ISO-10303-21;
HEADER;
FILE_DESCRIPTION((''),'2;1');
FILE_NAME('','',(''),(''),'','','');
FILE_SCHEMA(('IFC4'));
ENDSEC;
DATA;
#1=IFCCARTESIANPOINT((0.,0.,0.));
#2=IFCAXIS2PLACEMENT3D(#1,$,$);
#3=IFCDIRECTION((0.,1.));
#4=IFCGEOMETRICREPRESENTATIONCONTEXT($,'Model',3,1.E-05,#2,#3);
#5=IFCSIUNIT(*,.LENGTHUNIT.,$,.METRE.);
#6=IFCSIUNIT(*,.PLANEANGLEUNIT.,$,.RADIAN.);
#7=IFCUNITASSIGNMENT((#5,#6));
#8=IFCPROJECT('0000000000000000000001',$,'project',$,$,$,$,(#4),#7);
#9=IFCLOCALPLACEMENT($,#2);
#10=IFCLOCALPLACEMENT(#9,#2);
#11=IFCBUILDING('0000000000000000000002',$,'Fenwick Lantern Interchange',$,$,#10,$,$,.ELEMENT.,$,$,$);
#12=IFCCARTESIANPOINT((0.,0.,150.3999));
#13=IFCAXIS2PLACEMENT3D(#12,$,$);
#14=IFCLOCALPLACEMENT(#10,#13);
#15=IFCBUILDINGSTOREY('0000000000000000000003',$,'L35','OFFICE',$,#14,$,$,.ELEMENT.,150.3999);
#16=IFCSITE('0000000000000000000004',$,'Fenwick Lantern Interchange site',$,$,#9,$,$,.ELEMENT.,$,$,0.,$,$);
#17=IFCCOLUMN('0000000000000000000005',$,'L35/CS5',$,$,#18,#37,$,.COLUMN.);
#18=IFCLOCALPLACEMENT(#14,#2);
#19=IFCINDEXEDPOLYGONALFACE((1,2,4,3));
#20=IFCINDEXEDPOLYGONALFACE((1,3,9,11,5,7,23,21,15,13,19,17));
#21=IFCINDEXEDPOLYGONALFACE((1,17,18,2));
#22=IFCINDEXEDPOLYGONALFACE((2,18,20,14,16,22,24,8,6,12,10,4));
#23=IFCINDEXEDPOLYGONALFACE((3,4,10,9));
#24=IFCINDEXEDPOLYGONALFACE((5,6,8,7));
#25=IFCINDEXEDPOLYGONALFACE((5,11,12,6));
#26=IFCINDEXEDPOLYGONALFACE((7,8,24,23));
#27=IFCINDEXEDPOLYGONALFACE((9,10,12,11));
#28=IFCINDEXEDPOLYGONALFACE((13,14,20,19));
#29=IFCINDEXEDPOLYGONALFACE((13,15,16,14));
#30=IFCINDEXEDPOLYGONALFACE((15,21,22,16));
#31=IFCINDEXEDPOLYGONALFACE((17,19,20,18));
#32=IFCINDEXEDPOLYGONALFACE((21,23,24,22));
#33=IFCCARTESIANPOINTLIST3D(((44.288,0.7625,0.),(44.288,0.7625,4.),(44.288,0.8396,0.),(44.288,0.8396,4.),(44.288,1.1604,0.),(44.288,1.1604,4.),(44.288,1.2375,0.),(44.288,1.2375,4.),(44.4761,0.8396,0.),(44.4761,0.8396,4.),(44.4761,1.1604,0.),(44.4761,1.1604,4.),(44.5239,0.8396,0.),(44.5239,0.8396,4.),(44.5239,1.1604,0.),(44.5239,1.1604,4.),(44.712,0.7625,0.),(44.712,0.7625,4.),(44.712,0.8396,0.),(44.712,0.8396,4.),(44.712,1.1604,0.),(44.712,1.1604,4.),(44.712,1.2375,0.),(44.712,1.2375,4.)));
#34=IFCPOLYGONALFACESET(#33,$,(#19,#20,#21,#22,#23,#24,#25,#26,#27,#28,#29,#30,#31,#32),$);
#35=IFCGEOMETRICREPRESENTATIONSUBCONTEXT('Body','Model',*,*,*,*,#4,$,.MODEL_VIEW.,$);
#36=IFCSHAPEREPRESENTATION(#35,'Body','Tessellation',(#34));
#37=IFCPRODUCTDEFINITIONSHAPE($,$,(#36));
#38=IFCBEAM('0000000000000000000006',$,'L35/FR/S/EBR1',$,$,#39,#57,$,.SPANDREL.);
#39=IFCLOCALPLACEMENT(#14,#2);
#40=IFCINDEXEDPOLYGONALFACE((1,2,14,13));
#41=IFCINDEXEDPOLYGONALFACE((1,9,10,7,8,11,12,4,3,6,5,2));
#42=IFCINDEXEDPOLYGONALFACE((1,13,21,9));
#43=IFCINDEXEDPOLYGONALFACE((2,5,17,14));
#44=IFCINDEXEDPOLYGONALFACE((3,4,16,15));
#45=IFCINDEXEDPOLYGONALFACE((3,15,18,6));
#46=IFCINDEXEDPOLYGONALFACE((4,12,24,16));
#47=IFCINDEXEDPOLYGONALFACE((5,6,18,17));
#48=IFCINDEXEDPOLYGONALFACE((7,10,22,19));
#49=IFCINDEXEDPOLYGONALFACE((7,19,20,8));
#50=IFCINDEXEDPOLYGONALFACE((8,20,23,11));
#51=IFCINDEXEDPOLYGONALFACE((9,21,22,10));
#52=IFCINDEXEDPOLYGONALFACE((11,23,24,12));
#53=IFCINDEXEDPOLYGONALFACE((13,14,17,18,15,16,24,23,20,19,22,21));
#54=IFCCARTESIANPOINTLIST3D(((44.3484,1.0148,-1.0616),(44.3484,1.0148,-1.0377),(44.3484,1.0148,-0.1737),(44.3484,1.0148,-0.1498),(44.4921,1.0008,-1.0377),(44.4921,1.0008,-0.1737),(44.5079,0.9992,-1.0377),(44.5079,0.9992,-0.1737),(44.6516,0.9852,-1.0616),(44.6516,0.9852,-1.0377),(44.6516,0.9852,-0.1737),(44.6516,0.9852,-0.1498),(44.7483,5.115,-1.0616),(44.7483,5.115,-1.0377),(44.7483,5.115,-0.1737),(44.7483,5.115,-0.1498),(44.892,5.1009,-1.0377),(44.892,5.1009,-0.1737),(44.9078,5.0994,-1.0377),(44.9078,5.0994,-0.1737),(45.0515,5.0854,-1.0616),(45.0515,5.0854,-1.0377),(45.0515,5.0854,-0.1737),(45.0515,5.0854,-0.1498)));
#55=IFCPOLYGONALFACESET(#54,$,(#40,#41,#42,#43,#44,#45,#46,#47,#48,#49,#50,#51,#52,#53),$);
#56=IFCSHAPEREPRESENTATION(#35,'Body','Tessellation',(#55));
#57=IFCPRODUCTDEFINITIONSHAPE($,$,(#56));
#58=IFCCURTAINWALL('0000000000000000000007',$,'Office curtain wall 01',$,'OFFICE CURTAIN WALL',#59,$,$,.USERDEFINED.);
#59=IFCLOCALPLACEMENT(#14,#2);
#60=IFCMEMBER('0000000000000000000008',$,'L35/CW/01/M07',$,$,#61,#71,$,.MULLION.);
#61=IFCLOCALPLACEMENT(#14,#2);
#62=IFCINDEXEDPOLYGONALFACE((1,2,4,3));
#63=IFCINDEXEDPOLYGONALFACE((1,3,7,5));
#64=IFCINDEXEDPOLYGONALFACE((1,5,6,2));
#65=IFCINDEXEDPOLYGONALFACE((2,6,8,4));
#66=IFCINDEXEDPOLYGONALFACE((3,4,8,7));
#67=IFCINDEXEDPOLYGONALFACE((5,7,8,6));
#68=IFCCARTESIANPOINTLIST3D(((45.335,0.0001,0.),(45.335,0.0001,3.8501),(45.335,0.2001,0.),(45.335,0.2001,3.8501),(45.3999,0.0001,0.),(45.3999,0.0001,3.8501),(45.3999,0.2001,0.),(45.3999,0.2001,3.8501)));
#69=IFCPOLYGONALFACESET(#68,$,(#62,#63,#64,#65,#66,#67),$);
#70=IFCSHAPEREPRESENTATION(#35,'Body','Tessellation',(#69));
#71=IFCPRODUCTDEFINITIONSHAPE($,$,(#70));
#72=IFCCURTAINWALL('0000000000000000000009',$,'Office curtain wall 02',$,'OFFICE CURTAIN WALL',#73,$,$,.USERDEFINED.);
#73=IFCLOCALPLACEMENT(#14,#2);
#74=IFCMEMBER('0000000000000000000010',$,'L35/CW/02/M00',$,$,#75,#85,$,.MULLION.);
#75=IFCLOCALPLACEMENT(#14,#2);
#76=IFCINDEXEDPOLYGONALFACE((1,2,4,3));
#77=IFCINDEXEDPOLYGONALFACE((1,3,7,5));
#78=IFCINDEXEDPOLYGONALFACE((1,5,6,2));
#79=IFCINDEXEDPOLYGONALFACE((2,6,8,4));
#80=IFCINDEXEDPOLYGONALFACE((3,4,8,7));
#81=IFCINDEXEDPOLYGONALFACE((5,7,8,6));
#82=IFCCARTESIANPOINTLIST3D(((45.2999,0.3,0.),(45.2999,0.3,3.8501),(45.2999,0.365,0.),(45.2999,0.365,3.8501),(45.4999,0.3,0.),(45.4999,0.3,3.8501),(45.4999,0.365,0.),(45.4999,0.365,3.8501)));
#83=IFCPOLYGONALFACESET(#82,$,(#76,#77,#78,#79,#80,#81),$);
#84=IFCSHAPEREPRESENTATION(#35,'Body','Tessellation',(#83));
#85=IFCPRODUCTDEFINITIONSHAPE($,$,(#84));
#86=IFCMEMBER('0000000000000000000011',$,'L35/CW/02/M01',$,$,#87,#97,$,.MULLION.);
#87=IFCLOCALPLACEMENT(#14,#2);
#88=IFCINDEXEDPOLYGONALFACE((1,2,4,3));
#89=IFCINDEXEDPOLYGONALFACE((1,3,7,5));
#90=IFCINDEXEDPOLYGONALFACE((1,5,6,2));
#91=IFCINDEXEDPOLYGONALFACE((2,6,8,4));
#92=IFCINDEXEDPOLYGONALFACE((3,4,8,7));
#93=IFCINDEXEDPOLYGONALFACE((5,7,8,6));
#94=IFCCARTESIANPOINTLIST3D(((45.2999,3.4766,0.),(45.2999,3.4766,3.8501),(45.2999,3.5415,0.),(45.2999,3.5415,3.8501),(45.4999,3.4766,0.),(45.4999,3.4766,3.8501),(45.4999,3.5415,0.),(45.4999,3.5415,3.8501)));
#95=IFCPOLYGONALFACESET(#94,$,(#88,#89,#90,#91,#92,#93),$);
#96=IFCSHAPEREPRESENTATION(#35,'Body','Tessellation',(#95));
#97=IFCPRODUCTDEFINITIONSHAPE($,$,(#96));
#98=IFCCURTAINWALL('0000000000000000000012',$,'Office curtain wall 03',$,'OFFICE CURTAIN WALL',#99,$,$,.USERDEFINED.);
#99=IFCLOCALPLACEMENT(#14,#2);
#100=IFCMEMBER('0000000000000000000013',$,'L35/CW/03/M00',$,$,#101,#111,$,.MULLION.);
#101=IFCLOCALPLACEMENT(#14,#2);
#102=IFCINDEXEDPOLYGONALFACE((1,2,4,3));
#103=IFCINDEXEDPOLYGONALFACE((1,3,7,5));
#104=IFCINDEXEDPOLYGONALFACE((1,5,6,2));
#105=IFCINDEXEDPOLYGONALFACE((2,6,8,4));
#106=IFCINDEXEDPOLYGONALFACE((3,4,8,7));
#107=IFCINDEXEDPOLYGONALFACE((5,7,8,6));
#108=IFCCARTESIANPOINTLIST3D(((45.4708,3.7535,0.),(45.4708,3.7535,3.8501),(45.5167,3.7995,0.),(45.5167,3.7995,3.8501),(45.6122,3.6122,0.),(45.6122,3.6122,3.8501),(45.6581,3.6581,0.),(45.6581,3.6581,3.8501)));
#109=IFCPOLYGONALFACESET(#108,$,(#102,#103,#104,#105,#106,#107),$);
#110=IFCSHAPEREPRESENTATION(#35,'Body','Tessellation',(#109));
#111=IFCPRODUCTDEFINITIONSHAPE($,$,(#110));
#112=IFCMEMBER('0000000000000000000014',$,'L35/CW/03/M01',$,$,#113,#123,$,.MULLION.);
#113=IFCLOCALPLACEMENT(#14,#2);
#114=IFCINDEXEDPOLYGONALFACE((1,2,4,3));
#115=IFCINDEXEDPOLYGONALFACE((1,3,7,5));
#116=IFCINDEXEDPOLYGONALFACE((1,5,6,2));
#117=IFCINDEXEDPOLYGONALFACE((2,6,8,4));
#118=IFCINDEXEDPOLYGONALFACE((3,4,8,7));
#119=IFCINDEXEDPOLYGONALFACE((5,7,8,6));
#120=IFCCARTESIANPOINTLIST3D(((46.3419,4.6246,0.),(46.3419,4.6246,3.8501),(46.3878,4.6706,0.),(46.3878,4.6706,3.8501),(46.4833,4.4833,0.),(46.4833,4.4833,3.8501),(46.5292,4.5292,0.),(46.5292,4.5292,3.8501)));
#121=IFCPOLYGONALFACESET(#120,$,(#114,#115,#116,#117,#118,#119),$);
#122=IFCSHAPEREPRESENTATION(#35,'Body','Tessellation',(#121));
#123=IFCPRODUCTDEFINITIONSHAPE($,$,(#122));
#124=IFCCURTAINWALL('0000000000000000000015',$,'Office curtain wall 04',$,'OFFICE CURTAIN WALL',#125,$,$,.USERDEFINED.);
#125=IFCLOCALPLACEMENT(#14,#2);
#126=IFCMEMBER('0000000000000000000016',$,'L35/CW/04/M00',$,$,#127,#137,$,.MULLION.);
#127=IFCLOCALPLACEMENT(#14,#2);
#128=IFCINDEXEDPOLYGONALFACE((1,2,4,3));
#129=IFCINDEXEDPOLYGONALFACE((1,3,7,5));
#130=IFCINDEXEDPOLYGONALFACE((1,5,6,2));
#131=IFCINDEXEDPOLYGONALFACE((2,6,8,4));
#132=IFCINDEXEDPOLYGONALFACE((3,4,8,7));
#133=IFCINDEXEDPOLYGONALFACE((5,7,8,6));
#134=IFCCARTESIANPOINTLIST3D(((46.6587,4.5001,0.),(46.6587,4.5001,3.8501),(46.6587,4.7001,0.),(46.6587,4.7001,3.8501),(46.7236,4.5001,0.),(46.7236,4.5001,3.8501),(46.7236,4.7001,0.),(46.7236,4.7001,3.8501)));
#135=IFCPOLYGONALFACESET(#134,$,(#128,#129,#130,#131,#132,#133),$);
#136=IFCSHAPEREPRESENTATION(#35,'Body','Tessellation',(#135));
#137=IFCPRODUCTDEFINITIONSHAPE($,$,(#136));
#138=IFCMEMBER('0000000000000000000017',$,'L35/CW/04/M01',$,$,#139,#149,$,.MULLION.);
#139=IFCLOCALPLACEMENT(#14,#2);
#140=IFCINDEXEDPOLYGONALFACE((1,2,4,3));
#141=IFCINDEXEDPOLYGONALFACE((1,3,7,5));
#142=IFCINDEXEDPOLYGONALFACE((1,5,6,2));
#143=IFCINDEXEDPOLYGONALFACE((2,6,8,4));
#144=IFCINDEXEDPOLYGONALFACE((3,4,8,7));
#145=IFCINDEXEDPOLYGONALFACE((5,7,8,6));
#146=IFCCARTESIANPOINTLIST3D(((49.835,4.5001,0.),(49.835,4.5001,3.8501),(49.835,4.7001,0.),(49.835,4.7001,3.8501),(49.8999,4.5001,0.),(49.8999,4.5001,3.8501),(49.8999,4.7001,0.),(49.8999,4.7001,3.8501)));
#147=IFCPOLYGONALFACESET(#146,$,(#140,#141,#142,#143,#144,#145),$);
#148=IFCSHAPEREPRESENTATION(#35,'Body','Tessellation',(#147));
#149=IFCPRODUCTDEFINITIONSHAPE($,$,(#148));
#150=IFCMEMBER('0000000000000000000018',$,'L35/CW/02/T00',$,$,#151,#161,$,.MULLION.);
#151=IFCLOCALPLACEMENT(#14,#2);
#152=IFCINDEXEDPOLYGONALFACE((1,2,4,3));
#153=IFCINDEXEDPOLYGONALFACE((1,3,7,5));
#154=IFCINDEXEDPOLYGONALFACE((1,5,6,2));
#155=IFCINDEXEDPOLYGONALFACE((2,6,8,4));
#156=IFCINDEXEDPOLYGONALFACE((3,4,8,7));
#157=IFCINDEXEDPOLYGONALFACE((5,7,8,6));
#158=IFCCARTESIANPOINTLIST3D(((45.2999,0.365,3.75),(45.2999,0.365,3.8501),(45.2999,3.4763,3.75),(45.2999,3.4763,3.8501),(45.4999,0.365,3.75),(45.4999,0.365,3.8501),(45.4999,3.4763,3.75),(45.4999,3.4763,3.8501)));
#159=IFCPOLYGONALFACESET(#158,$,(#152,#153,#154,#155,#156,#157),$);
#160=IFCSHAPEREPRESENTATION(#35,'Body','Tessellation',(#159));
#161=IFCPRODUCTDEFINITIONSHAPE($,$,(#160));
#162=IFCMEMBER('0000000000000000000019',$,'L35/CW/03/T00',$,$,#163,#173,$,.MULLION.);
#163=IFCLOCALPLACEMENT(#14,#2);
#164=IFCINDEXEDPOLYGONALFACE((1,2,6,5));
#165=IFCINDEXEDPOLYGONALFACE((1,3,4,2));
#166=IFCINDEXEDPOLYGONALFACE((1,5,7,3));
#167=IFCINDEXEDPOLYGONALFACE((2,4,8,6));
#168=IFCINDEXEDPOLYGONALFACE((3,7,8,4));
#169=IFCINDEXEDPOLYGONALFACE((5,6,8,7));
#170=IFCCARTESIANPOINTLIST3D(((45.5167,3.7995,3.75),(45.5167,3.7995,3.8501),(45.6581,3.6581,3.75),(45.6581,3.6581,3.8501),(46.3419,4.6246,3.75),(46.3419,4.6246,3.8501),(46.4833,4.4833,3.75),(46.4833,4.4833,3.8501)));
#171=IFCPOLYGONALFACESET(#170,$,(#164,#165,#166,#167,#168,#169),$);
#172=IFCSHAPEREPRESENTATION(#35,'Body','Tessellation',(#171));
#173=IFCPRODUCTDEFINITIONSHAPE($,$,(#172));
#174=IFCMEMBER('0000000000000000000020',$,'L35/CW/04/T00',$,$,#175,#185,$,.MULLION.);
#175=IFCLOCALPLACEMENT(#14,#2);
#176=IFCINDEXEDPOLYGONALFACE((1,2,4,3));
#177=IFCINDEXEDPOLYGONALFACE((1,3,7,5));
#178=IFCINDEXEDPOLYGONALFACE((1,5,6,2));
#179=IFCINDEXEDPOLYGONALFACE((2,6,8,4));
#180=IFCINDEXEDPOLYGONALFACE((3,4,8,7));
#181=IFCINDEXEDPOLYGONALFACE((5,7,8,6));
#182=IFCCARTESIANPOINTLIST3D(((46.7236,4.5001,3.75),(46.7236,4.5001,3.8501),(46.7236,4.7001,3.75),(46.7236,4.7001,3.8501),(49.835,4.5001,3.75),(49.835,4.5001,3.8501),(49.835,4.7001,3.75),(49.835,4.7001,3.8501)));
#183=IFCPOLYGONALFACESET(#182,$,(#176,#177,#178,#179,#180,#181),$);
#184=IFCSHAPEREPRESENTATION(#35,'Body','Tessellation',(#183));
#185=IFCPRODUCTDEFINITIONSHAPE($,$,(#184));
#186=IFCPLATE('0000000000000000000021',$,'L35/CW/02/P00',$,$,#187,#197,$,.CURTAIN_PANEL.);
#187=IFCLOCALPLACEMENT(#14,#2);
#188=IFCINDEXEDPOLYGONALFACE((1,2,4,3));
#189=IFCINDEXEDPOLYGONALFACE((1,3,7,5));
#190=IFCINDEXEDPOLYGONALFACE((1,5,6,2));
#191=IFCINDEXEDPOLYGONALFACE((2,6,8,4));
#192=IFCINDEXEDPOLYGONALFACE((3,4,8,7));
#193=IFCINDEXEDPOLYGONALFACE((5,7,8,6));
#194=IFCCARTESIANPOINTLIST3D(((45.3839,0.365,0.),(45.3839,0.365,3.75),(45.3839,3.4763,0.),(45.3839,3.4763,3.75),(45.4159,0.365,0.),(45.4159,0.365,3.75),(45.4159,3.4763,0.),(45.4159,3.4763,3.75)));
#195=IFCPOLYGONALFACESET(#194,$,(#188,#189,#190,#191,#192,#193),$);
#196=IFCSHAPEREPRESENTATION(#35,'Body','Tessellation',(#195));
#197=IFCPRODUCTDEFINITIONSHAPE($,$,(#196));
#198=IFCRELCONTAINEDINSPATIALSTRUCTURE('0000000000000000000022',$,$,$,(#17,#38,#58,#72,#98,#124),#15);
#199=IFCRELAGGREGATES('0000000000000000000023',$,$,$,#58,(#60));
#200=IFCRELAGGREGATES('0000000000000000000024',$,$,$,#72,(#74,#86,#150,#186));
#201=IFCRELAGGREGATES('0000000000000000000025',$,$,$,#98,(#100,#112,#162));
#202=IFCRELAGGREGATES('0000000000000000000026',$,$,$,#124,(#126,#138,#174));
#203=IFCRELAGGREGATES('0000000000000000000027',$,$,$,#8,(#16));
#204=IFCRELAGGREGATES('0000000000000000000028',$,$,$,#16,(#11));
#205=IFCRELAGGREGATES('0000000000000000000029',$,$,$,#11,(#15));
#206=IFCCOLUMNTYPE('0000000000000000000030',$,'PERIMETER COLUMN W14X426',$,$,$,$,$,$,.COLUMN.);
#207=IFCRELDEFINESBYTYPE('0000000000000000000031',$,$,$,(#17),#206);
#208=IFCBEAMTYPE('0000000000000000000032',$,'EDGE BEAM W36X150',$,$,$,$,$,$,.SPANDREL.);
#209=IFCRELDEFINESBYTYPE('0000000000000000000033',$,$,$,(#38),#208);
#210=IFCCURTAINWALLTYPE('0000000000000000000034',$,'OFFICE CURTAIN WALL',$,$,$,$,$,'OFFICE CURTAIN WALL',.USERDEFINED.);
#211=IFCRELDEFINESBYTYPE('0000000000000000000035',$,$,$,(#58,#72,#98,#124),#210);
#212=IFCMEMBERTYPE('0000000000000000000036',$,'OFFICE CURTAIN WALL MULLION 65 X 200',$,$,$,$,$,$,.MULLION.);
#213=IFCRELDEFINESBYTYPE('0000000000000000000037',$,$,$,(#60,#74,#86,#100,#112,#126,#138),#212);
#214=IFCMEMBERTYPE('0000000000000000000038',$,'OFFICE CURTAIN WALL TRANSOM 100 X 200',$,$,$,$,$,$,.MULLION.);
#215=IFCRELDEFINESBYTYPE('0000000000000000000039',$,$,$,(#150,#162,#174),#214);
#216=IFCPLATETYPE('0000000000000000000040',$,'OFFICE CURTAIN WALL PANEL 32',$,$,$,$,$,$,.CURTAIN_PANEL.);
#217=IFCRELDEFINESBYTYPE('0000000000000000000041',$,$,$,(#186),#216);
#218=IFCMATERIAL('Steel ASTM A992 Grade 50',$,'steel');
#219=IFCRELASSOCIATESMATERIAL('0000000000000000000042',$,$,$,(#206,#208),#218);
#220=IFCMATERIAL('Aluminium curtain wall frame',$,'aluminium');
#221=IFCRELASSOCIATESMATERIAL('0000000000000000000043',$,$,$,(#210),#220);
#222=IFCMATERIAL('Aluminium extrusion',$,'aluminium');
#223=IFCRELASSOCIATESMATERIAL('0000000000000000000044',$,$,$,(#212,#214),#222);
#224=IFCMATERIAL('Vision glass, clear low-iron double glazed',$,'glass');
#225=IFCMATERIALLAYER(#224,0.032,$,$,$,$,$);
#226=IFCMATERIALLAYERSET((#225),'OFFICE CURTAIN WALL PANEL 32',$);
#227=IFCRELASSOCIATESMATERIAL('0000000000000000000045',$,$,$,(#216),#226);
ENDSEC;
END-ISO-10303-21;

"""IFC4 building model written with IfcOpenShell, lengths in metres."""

from ifc_helpers import new_model, si_unit, direction, frame, origin, origin_2d, place, context, subcontext, project, spatial, rectangle, i_section, extrude, material, layer, layer_set, material_profile, profile_set, type_object, element, aggregate, save


model = new_model("IFC4")

# Units and contexts
model_context = context("Model", 3, precision=1e-05, world=origin(), true_north=direction((0.0, 1.0)))
body_context = subcontext(model_context, "Body", "Model", "MODEL_VIEW")
ifc_project = project(units=[si_unit("LENGTHUNIT", "METRE"), si_unit("PLANEANGLEUNIT", "RADIAN")], contexts=[model_context])

# Site, building, storey
site_placement = place(None, origin())
site = spatial("IfcSite", under=ifc_project, at=site_placement, Name="Fenwick Lantern Interchange site", CompositionType="ELEMENT", RefElevation=0.0)
building_placement = place(site_placement, origin())
building = spatial("IfcBuilding", under=site, at=building_placement, Name="Fenwick Lantern Interchange", CompositionType="ELEMENT")
storey_placement = place(building_placement, frame((0.0, 0.0, 150.3999)))
storey = spatial("IfcBuildingStorey", under=building, at=storey_placement, Name="L35", Description="OFFICE", CompositionType="ELEMENT", Elevation=150.3999)

# Column
ifc_material_1 = material(Name="Steel ASTM A992 Grade 50", Category="steel")
ifc_material_profile_1 = material_profile(ifc_material_1, i_section(OverallWidth=0.4241, OverallDepth=0.4751, WebThickness=0.0479, FlangeThickness=0.0771, at=origin_2d()), Name="W14X426")
ifc_profile_set_1 = profile_set([ifc_material_profile_1], Name="Steel ASTM A992 Grade 50")
column_type = type_object("IfcColumnType", Name="PERIMETER COLUMN W14X426", PredefinedType="COLUMN", material=ifc_profile_set_1)
column_placement = place(storey_placement, frame((44.5, 1.0, 0.0), z_axis=(0.0, 0.0, 1.0), x_axis=(1.0, 0.0, 0.0)))
element("IfcColumn", 1, at=column_placement, inside=storey, type_object=column_type, Name="L35/CS5", PredefinedType="COLUMN", context=body_context, shape_type="SweptSolid", body=[
    extrude(i_section(OverallWidth=0.4241, OverallDepth=0.4751, WebThickness=0.0479, FlangeThickness=0.0771, at=origin_2d()), origin(), (0.0, 0.0, 1.0), 4.0),
])

# Beam
ifc_material_profile_2 = material_profile(ifc_material_1, i_section(OverallWidth=0.3047, OverallDepth=0.9119, WebThickness=0.0159, FlangeThickness=0.0239, at=origin_2d()), Name="W36X150")
ifc_profile_set_2 = profile_set([ifc_material_profile_2], Name="Steel ASTM A992 Grade 50")
beam_type = type_object("IfcBeamType", Name="EDGE BEAM W36X150", PredefinedType="SPANDREL", material=ifc_profile_set_2)
beam_placement = place(storey_placement, frame((44.5, 1.0, -0.6057), z_axis=(0.097074, 0.995277, 0.0), x_axis=(-0.995277, 0.097074, 0.0)))
element("IfcBeam", 2, at=beam_placement, inside=storey, type_object=beam_type, Name="L35/FR/S/EBR1", PredefinedType="SPANDREL", context=body_context, shape_type="SweptSolid", body=[
    extrude(i_section(OverallWidth=0.3047, OverallDepth=0.9119, WebThickness=0.0159, FlangeThickness=0.0239, at=origin_2d()), origin(), (0.0, 0.0, 1.0), 4.1196),
])

# Curtain wall, member
ifc_material_2 = material(Name="Aluminium curtain wall frame", Category="aluminium")
curtain_wall_type = type_object("IfcCurtainWallType", Name="OFFICE CURTAIN WALL", ElementType="OFFICE CURTAIN WALL", PredefinedType="USERDEFINED", material=ifc_material_2)
curtain_wall_1_placement = place(storey_placement, origin())
curtain_wall_1 = element("IfcCurtainWall", 3, at=curtain_wall_1_placement, inside=storey, type_object=curtain_wall_type, Name="Office curtain wall 01", ObjectType="OFFICE CURTAIN WALL", PredefinedType="USERDEFINED")
ifc_material_3 = material(Name="Aluminium extrusion", Category="aluminium")
ifc_material_profile_3 = material_profile(ifc_material_3, rectangle(XDim=0.2, YDim=0.0649, at=origin_2d()), Name="OFFICE CURTAIN WALL MULLION 65 X 200")
ifc_profile_set_3 = profile_set([ifc_material_profile_3], Name="Aluminium extrusion")
member_type_1 = type_object("IfcMemberType", Name="OFFICE CURTAIN WALL MULLION 65 X 200", PredefinedType="MULLION", material=ifc_profile_set_3)
member_1_placement = place(storey_placement, frame((45.3674, 0.1001, 0.0), z_axis=(0.0, 0.0, 1.0), x_axis=(0.0, 1.0, 0.0)))
member_1 = element("IfcMember", 4, at=member_1_placement, type_object=member_type_1, Name="L35/CW/01/M07", PredefinedType="MULLION", context=body_context, shape_type="SweptSolid", body=[
    extrude(rectangle(XDim=0.2, YDim=0.0649, at=origin_2d()), origin(), (0.0, 0.0, 1.0), 3.8501),
])
aggregate(curtain_wall_1, [member_1])

# Curtain walls, members
curtain_wall_2_placement = place(storey_placement, origin())
curtain_wall_2 = element("IfcCurtainWall", 5, at=curtain_wall_2_placement, inside=storey, type_object=curtain_wall_type, Name="Office curtain wall 02", ObjectType="OFFICE CURTAIN WALL", PredefinedType="USERDEFINED")
member_2_placement = place(storey_placement, frame((45.3999, 0.3325, 0.0), z_axis=(0.0, 0.0, 1.0), x_axis=(-1.0, 0.0, 0.0)))
member_2 = element("IfcMember", 6, at=member_2_placement, type_object=member_type_1, Name="L35/CW/02/M00", PredefinedType="MULLION", context=body_context, shape_type="SweptSolid", body=[
    extrude(rectangle(XDim=0.2, YDim=0.0649, at=origin_2d()), origin(), (0.0, 0.0, 1.0), 3.8501),
])
member_3_placement = place(storey_placement, frame((45.3999, 3.509, 0.0), z_axis=(0.0, 0.0, 1.0), x_axis=(-1.0, 0.0, 0.0)))
member_3 = element("IfcMember", 7, at=member_3_placement, type_object=member_type_1, Name="L35/CW/02/M01", PredefinedType="MULLION", context=body_context, shape_type="SweptSolid", body=[
    extrude(rectangle(XDim=0.2, YDim=0.0649, at=origin_2d()), origin(), (0.0, 0.0, 1.0), 3.8501),
])
curtain_wall_3_placement = place(storey_placement, origin())
curtain_wall_3 = element("IfcCurtainWall", 8, at=curtain_wall_3_placement, inside=storey, type_object=curtain_wall_type, Name="Office curtain wall 03", ObjectType="OFFICE CURTAIN WALL", PredefinedType="USERDEFINED")
member_4_placement = place(storey_placement, frame((45.5645, 3.7058, 0.0), z_axis=(0.0, 0.0, 1.0), x_axis=(-0.707107, 0.707107, 0.0)))
member_4 = element("IfcMember", 9, at=member_4_placement, type_object=member_type_1, Name="L35/CW/03/M00", PredefinedType="MULLION", context=body_context, shape_type="SweptSolid", body=[
    extrude(rectangle(XDim=0.2, YDim=0.0649, at=origin_2d()), origin(), (0.0, 0.0, 1.0), 3.8501),
])
member_5_placement = place(storey_placement, frame((46.4355, 4.5769, 0.0), z_axis=(0.0, 0.0, 1.0), x_axis=(-0.707107, 0.707107, 0.0)))
member_5 = element("IfcMember", 10, at=member_5_placement, type_object=member_type_1, Name="L35/CW/03/M01", PredefinedType="MULLION", context=body_context, shape_type="SweptSolid", body=[
    extrude(rectangle(XDim=0.2, YDim=0.0649, at=origin_2d()), origin(), (0.0, 0.0, 1.0), 3.8501),
])
curtain_wall_4_placement = place(storey_placement, origin())
curtain_wall_4 = element("IfcCurtainWall", 11, at=curtain_wall_4_placement, inside=storey, type_object=curtain_wall_type, Name="Office curtain wall 04", ObjectType="OFFICE CURTAIN WALL", PredefinedType="USERDEFINED")
member_6_placement = place(storey_placement, frame((46.6912, 4.6001, 0.0), z_axis=(0.0, 0.0, 1.0), x_axis=(0.0, 1.0, 0.0)))
member_6 = element("IfcMember", 12, at=member_6_placement, type_object=member_type_1, Name="L35/CW/04/M00", PredefinedType="MULLION", context=body_context, shape_type="SweptSolid", body=[
    extrude(rectangle(XDim=0.2, YDim=0.0649, at=origin_2d()), origin(), (0.0, 0.0, 1.0), 3.8501),
])
member_7_placement = place(storey_placement, frame((49.8674, 4.6001, 0.0), z_axis=(0.0, 0.0, 1.0), x_axis=(0.0, 1.0, 0.0)))
member_7 = element("IfcMember", 13, at=member_7_placement, type_object=member_type_1, Name="L35/CW/04/M01", PredefinedType="MULLION", context=body_context, shape_type="SweptSolid", body=[
    extrude(rectangle(XDim=0.2, YDim=0.0649, at=origin_2d()), origin(), (0.0, 0.0, 1.0), 3.8501),
])

# Members
ifc_material_profile_4 = material_profile(ifc_material_3, rectangle(XDim=0.2, YDim=0.1001, at=origin_2d()), Name="OFFICE CURTAIN WALL TRANSOM 100 X 200")
ifc_profile_set_4 = profile_set([ifc_material_profile_4], Name="Aluminium extrusion")
member_type_2 = type_object("IfcMemberType", Name="OFFICE CURTAIN WALL TRANSOM 100 X 200", PredefinedType="MULLION", material=ifc_profile_set_4)
member_8_placement = place(storey_placement, frame((45.3999, 0.365, 3.8), z_axis=(0.0, 1.0, 0.0), x_axis=(-1.0, 0.0, 0.0)))
member_8 = element("IfcMember", 14, at=member_8_placement, type_object=member_type_2, Name="L35/CW/02/T00", PredefinedType="MULLION", context=body_context, shape_type="SweptSolid", body=[
    extrude(rectangle(XDim=0.2, YDim=0.1001, at=origin_2d()), origin(), (0.0, 0.0, 1.0), 3.1113),
])
member_9_placement = place(storey_placement, frame((45.5874, 3.7288, 3.8), z_axis=(0.707107, 0.707107, 0.0), x_axis=(-0.707107, 0.707107, 0.0)))
member_9 = element("IfcMember", 15, at=member_9_placement, type_object=member_type_2, Name="L35/CW/03/T00", PredefinedType="MULLION", context=body_context, shape_type="SweptSolid", body=[
    extrude(rectangle(XDim=0.2, YDim=0.1001, at=origin_2d()), origin(), (0.0, 0.0, 1.0), 1.167),
])
member_10_placement = place(storey_placement, frame((46.7236, 4.6001, 3.8), z_axis=(1.0, 0.0, 0.0), x_axis=(0.0, 1.0, 0.0)))
member_10 = element("IfcMember", 16, at=member_10_placement, type_object=member_type_2, Name="L35/CW/04/T00", PredefinedType="MULLION", context=body_context, shape_type="SweptSolid", body=[
    extrude(rectangle(XDim=0.2, YDim=0.1001, at=origin_2d()), origin(), (0.0, 0.0, 1.0), 3.1113),
])

# Plate
ifc_material_4 = material(Name="Vision glass, clear low-iron double glazed", Category="glass")
ifc_layer_1 = layer(ifc_material_4, 0.032)
ifc_layer_set_1 = layer_set([ifc_layer_1], Name="OFFICE CURTAIN WALL PANEL 32")
plate_type = type_object("IfcPlateType", Name="OFFICE CURTAIN WALL PANEL 32", PredefinedType="CURTAIN_PANEL", material=ifc_layer_set_1)
plate_1_placement = place(storey_placement, frame((45.3999, 1.9207, 0.0), z_axis=(0.0, 0.0, 1.0), x_axis=(0.0, 1.0, 0.0)))
plate_1 = element("IfcPlate", 17, at=plate_1_placement, type_object=plate_type, Name="L35/CW/02/P00", PredefinedType="CURTAIN_PANEL", context=body_context, shape_type="SweptSolid", body=[
    extrude(rectangle(XDim=3.1113, YDim=0.032, at=origin_2d()), origin(), (0.0, 0.0, 1.0), 3.75),
])
aggregate(curtain_wall_2, [member_2, member_3, member_8, plate_1])
aggregate(curtain_wall_3, [member_4, member_5, member_9])
aggregate(curtain_wall_4, [member_6, member_7, member_10])

save(model, "model.ifc")
